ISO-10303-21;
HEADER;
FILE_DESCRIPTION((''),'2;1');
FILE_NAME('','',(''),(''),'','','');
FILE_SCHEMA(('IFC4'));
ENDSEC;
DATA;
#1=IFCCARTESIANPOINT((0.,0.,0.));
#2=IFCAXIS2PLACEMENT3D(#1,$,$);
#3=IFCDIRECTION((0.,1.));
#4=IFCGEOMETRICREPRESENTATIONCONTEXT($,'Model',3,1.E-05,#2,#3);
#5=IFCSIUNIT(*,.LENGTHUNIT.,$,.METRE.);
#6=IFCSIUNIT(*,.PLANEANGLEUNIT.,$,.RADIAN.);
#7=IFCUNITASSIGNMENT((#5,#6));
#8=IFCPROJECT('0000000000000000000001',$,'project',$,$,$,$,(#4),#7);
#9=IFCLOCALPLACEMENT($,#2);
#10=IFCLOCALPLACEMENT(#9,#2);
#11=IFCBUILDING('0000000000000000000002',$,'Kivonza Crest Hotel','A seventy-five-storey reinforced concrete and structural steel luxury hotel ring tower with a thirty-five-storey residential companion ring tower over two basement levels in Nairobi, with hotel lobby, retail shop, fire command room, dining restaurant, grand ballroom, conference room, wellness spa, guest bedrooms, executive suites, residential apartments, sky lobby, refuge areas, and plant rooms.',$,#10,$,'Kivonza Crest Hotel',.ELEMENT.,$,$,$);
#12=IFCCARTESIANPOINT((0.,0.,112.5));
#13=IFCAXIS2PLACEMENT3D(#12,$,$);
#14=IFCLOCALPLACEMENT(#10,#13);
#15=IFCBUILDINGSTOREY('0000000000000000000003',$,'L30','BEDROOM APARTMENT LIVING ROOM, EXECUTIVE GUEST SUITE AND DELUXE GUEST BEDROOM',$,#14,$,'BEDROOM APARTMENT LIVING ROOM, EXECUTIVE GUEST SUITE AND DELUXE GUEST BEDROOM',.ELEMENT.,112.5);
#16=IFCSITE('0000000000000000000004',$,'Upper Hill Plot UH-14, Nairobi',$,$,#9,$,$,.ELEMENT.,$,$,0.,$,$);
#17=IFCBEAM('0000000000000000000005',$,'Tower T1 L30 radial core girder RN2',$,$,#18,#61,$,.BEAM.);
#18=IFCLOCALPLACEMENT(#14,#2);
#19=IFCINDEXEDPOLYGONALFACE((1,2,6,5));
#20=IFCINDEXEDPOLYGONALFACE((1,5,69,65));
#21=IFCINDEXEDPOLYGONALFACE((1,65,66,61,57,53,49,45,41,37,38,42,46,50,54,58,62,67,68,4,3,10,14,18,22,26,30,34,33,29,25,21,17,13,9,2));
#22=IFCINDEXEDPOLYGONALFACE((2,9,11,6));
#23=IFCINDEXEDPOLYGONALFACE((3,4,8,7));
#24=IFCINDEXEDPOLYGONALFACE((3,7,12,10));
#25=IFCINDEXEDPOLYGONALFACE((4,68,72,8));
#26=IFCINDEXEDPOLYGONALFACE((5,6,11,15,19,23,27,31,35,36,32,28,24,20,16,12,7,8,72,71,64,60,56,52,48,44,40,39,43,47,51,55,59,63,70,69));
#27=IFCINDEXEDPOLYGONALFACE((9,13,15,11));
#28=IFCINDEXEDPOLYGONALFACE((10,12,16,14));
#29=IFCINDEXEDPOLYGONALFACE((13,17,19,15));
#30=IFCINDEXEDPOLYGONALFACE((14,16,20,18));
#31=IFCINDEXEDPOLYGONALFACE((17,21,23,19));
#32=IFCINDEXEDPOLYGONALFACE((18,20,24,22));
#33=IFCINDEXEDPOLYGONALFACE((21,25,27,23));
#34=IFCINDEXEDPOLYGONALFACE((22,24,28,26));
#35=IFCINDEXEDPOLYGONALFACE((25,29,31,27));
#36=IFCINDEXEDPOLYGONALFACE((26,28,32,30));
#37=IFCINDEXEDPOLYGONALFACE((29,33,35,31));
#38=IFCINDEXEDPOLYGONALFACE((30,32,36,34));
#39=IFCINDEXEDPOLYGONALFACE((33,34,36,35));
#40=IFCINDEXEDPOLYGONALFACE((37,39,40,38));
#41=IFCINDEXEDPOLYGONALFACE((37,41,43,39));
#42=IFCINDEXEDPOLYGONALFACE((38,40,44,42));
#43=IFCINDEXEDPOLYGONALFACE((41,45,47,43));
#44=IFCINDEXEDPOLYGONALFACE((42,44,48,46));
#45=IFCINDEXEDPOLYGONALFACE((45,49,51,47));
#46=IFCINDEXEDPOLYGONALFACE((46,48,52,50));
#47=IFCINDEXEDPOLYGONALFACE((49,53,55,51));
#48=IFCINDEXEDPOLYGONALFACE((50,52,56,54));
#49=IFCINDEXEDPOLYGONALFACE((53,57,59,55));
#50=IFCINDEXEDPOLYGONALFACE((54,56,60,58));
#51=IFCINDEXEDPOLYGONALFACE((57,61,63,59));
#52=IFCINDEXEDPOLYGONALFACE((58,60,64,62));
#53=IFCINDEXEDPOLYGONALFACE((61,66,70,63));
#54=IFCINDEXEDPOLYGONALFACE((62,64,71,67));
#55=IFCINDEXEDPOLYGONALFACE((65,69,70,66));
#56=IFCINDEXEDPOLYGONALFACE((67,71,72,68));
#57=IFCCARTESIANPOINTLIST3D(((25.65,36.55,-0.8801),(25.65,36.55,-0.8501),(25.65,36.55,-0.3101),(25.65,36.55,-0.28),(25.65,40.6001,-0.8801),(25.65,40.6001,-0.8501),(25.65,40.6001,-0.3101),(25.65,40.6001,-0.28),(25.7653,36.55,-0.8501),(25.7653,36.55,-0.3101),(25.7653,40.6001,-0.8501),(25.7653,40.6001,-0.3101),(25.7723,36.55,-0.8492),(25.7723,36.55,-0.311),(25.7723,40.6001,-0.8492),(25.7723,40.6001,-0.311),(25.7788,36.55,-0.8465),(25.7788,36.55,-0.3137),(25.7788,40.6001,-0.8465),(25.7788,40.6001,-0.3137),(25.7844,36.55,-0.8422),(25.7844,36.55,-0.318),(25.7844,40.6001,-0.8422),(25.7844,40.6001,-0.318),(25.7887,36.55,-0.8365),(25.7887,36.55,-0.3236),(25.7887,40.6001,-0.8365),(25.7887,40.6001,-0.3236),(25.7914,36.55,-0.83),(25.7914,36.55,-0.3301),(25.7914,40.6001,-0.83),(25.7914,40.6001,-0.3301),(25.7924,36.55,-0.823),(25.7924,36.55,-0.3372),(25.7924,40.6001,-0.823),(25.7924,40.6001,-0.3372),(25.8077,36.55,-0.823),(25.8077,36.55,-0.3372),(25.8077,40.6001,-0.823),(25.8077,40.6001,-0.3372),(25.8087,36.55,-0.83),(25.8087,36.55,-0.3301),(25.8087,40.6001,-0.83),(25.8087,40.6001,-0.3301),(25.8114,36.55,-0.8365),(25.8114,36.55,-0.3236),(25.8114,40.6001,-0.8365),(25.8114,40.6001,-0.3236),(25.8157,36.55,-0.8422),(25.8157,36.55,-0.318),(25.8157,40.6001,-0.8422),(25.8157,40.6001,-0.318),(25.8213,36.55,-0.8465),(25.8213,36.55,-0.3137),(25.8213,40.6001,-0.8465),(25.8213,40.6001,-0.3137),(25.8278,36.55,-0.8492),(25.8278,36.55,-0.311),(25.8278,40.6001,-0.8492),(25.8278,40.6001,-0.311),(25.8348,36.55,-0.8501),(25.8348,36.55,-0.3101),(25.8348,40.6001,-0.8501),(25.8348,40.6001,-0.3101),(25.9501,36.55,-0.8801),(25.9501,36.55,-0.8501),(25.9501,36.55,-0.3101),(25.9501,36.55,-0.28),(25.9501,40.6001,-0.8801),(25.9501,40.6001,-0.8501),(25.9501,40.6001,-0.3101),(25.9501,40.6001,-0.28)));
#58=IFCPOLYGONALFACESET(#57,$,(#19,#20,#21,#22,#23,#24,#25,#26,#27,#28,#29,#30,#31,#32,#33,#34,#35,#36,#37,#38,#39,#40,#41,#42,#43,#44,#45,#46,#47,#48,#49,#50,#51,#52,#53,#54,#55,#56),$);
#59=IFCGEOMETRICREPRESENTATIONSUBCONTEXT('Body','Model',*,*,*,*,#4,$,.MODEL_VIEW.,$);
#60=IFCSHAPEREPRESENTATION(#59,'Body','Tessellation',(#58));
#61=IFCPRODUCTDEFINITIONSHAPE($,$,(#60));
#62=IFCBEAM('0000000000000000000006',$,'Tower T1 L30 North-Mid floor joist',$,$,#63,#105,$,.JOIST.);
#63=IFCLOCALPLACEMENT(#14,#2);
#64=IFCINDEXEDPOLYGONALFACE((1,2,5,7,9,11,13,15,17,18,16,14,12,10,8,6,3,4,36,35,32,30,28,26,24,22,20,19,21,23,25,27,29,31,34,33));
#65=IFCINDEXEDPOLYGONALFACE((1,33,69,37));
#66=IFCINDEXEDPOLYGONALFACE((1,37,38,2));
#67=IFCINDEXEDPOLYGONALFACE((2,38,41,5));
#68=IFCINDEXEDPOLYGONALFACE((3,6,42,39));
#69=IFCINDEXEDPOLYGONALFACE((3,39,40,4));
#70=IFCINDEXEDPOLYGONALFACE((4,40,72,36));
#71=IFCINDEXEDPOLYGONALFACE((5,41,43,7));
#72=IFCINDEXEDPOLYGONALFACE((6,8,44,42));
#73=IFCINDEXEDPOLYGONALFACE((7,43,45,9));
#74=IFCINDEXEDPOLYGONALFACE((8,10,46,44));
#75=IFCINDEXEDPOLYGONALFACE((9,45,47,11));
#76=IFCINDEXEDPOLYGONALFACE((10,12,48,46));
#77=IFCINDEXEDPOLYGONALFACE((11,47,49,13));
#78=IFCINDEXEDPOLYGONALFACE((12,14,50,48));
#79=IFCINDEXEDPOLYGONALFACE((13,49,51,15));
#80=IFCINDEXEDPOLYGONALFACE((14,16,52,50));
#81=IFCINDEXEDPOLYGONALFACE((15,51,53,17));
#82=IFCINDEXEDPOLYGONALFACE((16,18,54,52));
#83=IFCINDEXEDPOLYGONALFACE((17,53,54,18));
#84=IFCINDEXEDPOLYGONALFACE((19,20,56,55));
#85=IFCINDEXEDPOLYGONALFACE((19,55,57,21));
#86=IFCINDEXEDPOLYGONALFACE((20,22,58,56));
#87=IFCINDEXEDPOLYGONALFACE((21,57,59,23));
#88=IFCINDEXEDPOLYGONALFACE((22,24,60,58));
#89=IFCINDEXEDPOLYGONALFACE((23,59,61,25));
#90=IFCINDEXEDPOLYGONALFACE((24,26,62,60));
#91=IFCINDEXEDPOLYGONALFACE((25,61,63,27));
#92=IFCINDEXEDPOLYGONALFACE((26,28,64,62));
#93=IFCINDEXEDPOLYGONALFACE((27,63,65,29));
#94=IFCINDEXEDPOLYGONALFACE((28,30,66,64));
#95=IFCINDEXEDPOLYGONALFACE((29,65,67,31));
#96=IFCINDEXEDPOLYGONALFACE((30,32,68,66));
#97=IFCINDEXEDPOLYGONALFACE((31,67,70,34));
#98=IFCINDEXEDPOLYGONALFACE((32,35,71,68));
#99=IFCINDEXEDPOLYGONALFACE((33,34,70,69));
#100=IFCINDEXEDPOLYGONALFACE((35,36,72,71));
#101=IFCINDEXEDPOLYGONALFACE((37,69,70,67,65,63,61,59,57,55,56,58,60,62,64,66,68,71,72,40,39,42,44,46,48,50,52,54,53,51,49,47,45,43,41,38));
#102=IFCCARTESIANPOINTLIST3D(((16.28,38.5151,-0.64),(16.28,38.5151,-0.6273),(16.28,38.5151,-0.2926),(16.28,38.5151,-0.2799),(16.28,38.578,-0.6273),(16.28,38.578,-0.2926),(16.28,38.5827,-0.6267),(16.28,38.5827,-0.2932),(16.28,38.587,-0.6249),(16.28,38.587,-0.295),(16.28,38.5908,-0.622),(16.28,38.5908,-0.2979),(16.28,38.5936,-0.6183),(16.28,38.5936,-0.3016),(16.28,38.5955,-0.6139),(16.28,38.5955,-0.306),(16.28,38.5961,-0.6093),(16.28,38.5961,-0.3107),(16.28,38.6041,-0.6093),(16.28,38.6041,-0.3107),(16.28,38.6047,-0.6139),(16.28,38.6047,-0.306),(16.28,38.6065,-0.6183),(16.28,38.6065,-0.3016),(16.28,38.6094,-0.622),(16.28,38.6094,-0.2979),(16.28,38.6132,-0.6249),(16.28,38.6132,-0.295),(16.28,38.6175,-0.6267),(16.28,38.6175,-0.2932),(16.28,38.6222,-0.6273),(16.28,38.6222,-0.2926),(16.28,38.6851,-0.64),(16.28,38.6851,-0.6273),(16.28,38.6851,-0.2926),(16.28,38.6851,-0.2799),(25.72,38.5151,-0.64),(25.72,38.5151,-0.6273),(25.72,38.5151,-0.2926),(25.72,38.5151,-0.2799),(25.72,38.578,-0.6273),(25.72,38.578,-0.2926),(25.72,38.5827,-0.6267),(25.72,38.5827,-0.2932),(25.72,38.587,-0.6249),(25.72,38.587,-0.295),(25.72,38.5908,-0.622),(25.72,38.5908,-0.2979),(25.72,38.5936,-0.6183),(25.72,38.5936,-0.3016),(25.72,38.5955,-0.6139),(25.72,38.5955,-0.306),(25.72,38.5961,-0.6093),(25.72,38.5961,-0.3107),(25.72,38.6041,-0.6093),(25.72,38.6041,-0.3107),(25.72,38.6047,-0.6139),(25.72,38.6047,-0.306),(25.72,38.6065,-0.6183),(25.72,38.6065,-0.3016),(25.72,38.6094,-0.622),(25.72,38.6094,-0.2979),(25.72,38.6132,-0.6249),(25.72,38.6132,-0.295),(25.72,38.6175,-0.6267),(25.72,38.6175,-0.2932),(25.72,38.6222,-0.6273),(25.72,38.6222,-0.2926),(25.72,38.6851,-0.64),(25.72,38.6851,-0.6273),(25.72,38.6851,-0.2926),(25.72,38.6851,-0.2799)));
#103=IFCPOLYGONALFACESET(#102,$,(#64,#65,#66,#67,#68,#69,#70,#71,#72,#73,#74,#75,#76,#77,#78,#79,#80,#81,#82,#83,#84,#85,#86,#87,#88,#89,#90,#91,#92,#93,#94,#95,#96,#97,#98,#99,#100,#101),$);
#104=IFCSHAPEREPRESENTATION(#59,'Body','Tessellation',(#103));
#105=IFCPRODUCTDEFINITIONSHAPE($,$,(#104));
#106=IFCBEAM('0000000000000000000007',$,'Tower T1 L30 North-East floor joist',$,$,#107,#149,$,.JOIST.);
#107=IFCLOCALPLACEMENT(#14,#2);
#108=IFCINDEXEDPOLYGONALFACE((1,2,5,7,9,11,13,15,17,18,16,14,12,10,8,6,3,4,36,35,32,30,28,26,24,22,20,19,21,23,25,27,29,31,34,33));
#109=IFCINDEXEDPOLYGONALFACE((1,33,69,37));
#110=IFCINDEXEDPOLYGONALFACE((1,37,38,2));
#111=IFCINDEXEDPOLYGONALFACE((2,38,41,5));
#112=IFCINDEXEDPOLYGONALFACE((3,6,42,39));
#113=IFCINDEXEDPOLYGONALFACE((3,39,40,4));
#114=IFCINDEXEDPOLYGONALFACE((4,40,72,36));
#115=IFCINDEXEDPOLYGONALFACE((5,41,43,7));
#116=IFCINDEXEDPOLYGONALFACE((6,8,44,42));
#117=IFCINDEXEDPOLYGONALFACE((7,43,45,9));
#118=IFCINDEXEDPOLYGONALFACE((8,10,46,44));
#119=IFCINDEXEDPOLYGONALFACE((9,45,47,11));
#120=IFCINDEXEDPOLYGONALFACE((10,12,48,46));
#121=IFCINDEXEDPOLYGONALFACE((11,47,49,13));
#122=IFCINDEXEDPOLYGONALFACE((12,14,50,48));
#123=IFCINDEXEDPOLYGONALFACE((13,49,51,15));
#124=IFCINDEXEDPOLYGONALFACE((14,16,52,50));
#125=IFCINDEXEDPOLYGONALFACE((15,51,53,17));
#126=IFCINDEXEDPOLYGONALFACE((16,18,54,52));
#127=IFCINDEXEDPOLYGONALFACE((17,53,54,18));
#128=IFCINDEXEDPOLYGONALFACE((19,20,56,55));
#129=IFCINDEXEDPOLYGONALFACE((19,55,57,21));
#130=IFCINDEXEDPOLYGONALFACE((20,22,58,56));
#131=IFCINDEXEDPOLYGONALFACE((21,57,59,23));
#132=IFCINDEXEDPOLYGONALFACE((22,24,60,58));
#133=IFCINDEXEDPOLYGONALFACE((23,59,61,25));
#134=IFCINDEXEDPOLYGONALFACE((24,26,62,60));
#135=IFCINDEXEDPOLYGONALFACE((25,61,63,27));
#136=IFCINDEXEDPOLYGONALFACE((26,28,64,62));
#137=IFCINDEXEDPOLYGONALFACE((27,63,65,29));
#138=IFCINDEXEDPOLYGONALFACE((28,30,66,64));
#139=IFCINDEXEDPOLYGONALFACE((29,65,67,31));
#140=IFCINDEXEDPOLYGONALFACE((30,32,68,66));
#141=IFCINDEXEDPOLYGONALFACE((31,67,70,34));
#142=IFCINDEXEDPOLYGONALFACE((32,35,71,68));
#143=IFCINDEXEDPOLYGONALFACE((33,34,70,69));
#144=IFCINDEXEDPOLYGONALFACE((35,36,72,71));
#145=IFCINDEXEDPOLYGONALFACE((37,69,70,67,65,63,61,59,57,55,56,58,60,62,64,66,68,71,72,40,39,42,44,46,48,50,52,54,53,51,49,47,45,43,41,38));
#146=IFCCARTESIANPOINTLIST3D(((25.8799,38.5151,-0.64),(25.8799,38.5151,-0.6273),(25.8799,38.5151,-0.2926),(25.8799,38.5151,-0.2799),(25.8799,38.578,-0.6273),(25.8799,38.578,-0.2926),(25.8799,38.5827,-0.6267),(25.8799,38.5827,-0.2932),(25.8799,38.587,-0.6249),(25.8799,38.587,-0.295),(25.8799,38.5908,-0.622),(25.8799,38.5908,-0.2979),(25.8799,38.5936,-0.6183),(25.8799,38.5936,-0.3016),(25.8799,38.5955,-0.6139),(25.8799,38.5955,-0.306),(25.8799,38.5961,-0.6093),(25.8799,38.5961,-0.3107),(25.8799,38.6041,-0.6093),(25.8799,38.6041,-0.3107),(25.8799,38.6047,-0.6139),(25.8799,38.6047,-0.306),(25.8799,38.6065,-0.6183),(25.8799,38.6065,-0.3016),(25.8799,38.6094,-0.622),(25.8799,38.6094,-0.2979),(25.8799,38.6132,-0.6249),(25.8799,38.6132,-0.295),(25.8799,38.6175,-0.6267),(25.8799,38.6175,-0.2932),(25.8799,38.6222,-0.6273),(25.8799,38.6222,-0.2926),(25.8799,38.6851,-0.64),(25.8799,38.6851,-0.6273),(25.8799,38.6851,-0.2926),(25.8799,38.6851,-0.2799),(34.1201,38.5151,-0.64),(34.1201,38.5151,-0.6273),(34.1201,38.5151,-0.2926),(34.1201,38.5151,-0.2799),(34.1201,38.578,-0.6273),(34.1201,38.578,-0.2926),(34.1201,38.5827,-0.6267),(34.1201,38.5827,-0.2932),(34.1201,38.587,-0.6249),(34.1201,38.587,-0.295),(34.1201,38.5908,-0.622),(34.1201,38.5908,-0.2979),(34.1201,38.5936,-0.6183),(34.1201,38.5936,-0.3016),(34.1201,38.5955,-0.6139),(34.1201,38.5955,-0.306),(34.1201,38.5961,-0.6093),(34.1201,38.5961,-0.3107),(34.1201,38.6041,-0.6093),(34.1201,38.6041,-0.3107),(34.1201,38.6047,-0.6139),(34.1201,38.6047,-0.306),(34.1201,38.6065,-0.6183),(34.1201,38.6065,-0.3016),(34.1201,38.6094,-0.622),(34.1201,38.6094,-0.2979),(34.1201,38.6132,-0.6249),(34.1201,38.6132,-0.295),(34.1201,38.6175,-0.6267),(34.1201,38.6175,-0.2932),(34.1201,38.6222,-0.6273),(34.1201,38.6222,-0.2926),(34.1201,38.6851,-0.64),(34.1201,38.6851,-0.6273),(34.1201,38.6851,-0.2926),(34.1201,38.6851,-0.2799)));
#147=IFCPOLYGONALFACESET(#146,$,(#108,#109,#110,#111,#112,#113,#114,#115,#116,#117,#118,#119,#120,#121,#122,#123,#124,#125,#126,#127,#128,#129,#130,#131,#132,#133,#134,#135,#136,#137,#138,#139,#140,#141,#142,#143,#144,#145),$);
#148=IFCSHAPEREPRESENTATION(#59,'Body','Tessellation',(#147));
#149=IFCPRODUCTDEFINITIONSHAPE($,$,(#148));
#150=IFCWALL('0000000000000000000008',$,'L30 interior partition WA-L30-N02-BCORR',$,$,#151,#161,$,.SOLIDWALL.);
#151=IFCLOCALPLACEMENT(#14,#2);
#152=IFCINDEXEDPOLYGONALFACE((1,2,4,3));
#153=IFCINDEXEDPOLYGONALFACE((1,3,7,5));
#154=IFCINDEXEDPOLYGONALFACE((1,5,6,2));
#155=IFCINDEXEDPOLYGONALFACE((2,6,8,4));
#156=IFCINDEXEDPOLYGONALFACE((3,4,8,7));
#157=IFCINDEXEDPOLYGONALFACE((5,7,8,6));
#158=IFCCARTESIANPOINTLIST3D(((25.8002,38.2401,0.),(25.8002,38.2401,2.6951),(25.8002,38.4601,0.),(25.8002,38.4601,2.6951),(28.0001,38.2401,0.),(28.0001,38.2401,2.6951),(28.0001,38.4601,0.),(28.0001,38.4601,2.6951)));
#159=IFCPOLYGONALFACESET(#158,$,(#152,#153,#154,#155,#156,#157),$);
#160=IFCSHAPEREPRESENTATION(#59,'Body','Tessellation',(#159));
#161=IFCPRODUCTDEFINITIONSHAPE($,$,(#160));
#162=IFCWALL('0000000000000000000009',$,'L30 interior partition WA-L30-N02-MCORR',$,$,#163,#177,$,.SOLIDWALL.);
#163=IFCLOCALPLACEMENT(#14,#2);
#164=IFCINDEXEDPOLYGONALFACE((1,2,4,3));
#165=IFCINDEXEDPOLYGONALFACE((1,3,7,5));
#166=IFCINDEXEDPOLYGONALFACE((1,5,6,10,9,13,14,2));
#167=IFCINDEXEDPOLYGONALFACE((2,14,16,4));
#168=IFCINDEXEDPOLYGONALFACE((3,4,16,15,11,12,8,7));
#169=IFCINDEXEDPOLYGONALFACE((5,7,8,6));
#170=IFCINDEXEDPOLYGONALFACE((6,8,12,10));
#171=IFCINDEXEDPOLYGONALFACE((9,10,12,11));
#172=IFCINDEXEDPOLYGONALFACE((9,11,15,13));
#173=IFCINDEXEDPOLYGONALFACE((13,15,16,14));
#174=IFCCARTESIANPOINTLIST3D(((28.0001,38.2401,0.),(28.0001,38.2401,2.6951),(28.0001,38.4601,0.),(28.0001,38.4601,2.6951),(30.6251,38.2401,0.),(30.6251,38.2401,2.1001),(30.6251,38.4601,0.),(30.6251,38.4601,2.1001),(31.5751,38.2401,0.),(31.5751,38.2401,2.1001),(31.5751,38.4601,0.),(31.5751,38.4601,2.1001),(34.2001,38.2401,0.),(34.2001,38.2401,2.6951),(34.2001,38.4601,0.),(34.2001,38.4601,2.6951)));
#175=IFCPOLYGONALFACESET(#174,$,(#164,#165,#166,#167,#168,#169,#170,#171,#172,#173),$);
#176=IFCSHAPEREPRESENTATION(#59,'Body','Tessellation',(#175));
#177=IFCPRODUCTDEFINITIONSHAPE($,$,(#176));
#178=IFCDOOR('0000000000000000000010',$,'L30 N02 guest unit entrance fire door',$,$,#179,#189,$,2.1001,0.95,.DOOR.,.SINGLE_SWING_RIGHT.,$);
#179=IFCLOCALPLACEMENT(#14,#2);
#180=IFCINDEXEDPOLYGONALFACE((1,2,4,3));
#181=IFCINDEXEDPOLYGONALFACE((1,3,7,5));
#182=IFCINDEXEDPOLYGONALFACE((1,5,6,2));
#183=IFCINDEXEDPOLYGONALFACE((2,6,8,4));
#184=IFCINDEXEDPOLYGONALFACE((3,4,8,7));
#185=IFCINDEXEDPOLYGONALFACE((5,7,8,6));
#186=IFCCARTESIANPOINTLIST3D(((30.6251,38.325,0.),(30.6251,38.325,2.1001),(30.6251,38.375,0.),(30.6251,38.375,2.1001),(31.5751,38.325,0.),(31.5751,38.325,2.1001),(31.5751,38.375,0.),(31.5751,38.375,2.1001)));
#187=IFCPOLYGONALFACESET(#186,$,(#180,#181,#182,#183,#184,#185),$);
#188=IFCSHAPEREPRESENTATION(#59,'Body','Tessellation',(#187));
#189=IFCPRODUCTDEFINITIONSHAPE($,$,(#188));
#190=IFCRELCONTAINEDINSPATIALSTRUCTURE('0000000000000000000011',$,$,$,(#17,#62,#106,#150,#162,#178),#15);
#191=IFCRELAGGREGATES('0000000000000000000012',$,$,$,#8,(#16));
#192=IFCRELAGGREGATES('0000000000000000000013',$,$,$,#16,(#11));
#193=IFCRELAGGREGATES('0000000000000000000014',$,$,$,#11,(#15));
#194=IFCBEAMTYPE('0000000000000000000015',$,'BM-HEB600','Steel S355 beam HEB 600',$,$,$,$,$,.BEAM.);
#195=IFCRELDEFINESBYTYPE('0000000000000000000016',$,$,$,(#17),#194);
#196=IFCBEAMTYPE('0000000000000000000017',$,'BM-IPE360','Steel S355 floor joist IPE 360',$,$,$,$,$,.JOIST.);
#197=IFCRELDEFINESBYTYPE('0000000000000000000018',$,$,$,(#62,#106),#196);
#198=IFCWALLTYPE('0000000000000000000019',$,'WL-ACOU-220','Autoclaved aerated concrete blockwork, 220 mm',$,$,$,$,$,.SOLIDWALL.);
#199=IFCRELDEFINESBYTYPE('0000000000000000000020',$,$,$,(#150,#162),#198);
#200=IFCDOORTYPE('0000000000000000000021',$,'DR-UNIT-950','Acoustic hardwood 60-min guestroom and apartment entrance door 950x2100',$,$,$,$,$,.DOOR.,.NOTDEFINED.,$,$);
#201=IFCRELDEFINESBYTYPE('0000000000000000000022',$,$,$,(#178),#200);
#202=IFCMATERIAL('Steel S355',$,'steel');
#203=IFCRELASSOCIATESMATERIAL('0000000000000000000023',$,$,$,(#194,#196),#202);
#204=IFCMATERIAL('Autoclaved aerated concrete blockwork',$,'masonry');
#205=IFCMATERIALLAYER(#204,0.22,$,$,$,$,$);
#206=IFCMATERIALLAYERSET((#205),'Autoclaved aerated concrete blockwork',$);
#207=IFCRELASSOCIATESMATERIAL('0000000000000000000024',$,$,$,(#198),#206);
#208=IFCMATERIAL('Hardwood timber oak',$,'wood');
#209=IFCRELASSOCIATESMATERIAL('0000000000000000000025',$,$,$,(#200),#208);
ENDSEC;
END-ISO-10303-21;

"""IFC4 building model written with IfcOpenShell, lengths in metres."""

from ifc_helpers import new_model, si_unit, direction, frame, frame_2d, origin, origin_2d, place, context, subcontext, project, spatial, rectangle, i_section, extrude, material, layer, layer_set, material_profile, profile_set, type_object, element, fill, save


model = new_model("IFC4")

# Units and contexts
model_context = context("Model", 3, precision=1e-05, world=origin(), true_north=direction((0.0, 1.0)))
body_context = subcontext(model_context, "Body", "Model", "MODEL_VIEW")
ifc_project = project(units=[si_unit("LENGTHUNIT", "METRE"), si_unit("PLANEANGLEUNIT", "RADIAN")], contexts=[model_context])

# Site, building, storey
site_placement = place(None, origin())
site = spatial("IfcSite", under=ifc_project, at=site_placement, Name="Upper Hill Plot UH-14, Nairobi", CompositionType="ELEMENT", RefElevation=0.0)
building_placement = place(site_placement, origin())
building = spatial("IfcBuilding", under=site, at=building_placement, Name="Kivonza Crest Hotel", Description="A seventy-five-storey reinforced concrete and structural steel luxury hotel ring tower with a thirty-five-storey residential companion ring tower over two basement levels in Nairobi, with hotel lobby, retail shop, fire command room, dining restaurant, grand ballroom, conference room, wellness spa, guest bedrooms, executive suites, residential apartments, sky lobby, refuge areas, and plant rooms.", LongName="Kivonza Crest Hotel", CompositionType="ELEMENT")
storey_placement = place(building_placement, frame((0.0, 0.0, 112.5)))
storey = spatial("IfcBuildingStorey", under=building, at=storey_placement, Name="L30", Description="BEDROOM APARTMENT LIVING ROOM, EXECUTIVE GUEST SUITE AND DELUXE GUEST BEDROOM", LongName="BEDROOM APARTMENT LIVING ROOM, EXECUTIVE GUEST SUITE AND DELUXE GUEST BEDROOM", CompositionType="ELEMENT", Elevation=112.5)

# Beams
ifc_material_1 = material(Name="Steel S355", Category="steel")
ifc_material_profile_1 = material_profile(ifc_material_1, i_section(OverallWidth=0.3, OverallDepth=0.6001, WebThickness=0.0154, FlangeThickness=0.03, FilletRadius=0.0271, at=origin_2d()), Name="HEB 600")
ifc_profile_set_1 = profile_set([ifc_material_profile_1], Name="Steel S355")
beam_type_1 = type_object("IfcBeamType", Name="BM-HEB600", Description="Steel S355 beam HEB 600", PredefinedType="BEAM", material=ifc_profile_set_1)
for number, where, z_axis, x_axis, name in (
    (1, (25.8, 40.6001, -0.5801), (0.0, -1.0, 0.0), (1.0, 0.0, 0.0), "Tower T1 L30 radial core girder RN2"),
):
    element("IfcBeam", number, at=place(storey_placement, frame(where, z_axis=z_axis, x_axis=x_axis)), inside=storey, type_object=beam_type_1, Name=name, PredefinedType="BEAM", context=body_context, shape_type="SweptSolid", body=[
        extrude(i_section(OverallWidth=0.3, OverallDepth=0.6001, WebThickness=0.0154, FlangeThickness=0.03, FilletRadius=0.0271, at=origin_2d()), origin(), (0.0, 0.0, 1.0), 4.05),
    ])
ifc_material_profile_2 = material_profile(ifc_material_1, i_section(OverallWidth=0.1699, OverallDepth=0.3601, WebThickness=0.0081, FlangeThickness=0.0127, FilletRadius=0.0181, at=origin_2d()), Name="IPE 360")
ifc_profile_set_2 = profile_set([ifc_material_profile_2], Name="Steel S355")
beam_type_2 = type_object("IfcBeamType", Name="BM-IPE360", Description="Steel S355 floor joist IPE 360", PredefinedType="JOIST", material=ifc_profile_set_2)
beam_1_placement = place(storey_placement, frame((16.28, 38.6001, -0.46), z_axis=(1.0, 0.0, 0.0), x_axis=(0.0, 1.0, 0.0)))
element("IfcBeam", 2, at=beam_1_placement, inside=storey, type_object=beam_type_2, Name="Tower T1 L30 North-Mid floor joist", PredefinedType="JOIST", context=body_context, shape_type="SweptSolid", body=[
    extrude(i_section(OverallWidth=0.1699, OverallDepth=0.3601, WebThickness=0.0081, FlangeThickness=0.0127, FilletRadius=0.0181, at=origin_2d()), origin(), (0.0, 0.0, 1.0), 9.4399),
])
beam_2_placement = place(storey_placement, frame((25.8799, 38.6001, -0.46), z_axis=(1.0, 0.0, 0.0), x_axis=(0.0, 1.0, 0.0)))
element("IfcBeam", 3, at=beam_2_placement, inside=storey, type_object=beam_type_2, Name="Tower T1 L30 North-East floor joist", PredefinedType="JOIST", context=body_context, shape_type="SweptSolid", body=[
    extrude(i_section(OverallWidth=0.1699, OverallDepth=0.3601, WebThickness=0.0081, FlangeThickness=0.0127, FilletRadius=0.0181, at=origin_2d()), origin(), (0.0, 0.0, 1.0), 8.2402),
])

# Wall
ifc_material_2 = material(Name="Autoclaved aerated concrete blockwork", Category="masonry")
ifc_layer_1 = layer(ifc_material_2, 0.22)
ifc_layer_set_1 = layer_set([ifc_layer_1], Name="Autoclaved aerated concrete blockwork")
wall_type_1 = type_object("IfcWallType", Name="WL-ACOU-220", Description="Autoclaved aerated concrete blockwork, 220 mm", PredefinedType="SOLIDWALL", material=ifc_layer_set_1)
wall_1_placement = place(storey_placement, frame((25.8, 38.3501, 0.0), z_axis=(0.0, 0.0, 1.0), x_axis=(1.0, 0.0, 0.0)))
element("IfcWall", 4, at=wall_1_placement, inside=storey, type_object=wall_type_1, Name="L30 interior partition WA-L30-N02-BCORR", PredefinedType="SOLIDWALL", context=body_context, shape_type="SweptSolid", body=[
    extrude(rectangle(XDim=2.2, YDim=0.22, at=frame_2d((1.1001, 0.0))), origin(), (0.0, 0.0, 1.0), 2.6951),
])

# Wall, opening, door
wall_2_placement = place(storey_placement, frame((28.0, 38.3501, 0.0), z_axis=(0.0, 0.0, 1.0), x_axis=(1.0, 0.0, 0.0)))
wall_2 = element("IfcWall", 5, at=wall_2_placement, inside=storey, type_object=wall_type_1, Name="L30 interior partition WA-L30-N02-MCORR", PredefinedType="SOLIDWALL", context=body_context, shape_type="SweptSolid", body=[
    extrude(rectangle(XDim=6.2, YDim=0.22, at=frame_2d((3.1001, 0.0))), origin(), (0.0, 0.0, 1.0), 2.6951),
])
opening_1_placement = place(wall_2_placement, frame((2.625, 0.0, 0.0)))
opening_1 = element("IfcOpeningElement", 6, at=opening_1_placement, cuts=wall_2, PredefinedType="OPENING", context=body_context, shape_type="SweptSolid", body=[
    extrude(rectangle(XDim=0.95, YDim=2.1001, at=frame_2d((0.4751, 1.05))), frame((0.0, 0.1201, 0.0), z_axis=(0.0, -1.0, 0.0), x_axis=(1.0, 0.0, 0.0)), (0.0, 0.0, 1.0), 0.24),
])
ifc_material_3 = material(Name="Hardwood timber oak", Category="wood")
door_type_1 = type_object("IfcDoorType", Name="DR-UNIT-950", Description="Acoustic hardwood 60-min guestroom and apartment entrance door 950x2100", OperationType="NOTDEFINED", PredefinedType="DOOR", material=ifc_material_3)
door_1_placement = place(opening_1_placement, origin())
door_1 = element("IfcDoor", 7, at=door_1_placement, inside=storey, type_object=door_type_1, Name="L30 N02 guest unit entrance fire door", OperationType="SINGLE_SWING_RIGHT", OverallHeight=2.1001, OverallWidth=0.95, PredefinedType="DOOR", context=body_context, shape_type="SweptSolid", body=[
    extrude(rectangle(XDim=0.95, YDim=2.1001, at=frame_2d((0.4751, 1.05))), frame((0.0, 0.0249, 0.0), z_axis=(0.0, -1.0, 0.0), x_axis=(1.0, 0.0, 0.0)), (0.0, 0.0, 1.0), 0.05),
])
fill(opening_1, door_1)

save(model, "model.ifc")
